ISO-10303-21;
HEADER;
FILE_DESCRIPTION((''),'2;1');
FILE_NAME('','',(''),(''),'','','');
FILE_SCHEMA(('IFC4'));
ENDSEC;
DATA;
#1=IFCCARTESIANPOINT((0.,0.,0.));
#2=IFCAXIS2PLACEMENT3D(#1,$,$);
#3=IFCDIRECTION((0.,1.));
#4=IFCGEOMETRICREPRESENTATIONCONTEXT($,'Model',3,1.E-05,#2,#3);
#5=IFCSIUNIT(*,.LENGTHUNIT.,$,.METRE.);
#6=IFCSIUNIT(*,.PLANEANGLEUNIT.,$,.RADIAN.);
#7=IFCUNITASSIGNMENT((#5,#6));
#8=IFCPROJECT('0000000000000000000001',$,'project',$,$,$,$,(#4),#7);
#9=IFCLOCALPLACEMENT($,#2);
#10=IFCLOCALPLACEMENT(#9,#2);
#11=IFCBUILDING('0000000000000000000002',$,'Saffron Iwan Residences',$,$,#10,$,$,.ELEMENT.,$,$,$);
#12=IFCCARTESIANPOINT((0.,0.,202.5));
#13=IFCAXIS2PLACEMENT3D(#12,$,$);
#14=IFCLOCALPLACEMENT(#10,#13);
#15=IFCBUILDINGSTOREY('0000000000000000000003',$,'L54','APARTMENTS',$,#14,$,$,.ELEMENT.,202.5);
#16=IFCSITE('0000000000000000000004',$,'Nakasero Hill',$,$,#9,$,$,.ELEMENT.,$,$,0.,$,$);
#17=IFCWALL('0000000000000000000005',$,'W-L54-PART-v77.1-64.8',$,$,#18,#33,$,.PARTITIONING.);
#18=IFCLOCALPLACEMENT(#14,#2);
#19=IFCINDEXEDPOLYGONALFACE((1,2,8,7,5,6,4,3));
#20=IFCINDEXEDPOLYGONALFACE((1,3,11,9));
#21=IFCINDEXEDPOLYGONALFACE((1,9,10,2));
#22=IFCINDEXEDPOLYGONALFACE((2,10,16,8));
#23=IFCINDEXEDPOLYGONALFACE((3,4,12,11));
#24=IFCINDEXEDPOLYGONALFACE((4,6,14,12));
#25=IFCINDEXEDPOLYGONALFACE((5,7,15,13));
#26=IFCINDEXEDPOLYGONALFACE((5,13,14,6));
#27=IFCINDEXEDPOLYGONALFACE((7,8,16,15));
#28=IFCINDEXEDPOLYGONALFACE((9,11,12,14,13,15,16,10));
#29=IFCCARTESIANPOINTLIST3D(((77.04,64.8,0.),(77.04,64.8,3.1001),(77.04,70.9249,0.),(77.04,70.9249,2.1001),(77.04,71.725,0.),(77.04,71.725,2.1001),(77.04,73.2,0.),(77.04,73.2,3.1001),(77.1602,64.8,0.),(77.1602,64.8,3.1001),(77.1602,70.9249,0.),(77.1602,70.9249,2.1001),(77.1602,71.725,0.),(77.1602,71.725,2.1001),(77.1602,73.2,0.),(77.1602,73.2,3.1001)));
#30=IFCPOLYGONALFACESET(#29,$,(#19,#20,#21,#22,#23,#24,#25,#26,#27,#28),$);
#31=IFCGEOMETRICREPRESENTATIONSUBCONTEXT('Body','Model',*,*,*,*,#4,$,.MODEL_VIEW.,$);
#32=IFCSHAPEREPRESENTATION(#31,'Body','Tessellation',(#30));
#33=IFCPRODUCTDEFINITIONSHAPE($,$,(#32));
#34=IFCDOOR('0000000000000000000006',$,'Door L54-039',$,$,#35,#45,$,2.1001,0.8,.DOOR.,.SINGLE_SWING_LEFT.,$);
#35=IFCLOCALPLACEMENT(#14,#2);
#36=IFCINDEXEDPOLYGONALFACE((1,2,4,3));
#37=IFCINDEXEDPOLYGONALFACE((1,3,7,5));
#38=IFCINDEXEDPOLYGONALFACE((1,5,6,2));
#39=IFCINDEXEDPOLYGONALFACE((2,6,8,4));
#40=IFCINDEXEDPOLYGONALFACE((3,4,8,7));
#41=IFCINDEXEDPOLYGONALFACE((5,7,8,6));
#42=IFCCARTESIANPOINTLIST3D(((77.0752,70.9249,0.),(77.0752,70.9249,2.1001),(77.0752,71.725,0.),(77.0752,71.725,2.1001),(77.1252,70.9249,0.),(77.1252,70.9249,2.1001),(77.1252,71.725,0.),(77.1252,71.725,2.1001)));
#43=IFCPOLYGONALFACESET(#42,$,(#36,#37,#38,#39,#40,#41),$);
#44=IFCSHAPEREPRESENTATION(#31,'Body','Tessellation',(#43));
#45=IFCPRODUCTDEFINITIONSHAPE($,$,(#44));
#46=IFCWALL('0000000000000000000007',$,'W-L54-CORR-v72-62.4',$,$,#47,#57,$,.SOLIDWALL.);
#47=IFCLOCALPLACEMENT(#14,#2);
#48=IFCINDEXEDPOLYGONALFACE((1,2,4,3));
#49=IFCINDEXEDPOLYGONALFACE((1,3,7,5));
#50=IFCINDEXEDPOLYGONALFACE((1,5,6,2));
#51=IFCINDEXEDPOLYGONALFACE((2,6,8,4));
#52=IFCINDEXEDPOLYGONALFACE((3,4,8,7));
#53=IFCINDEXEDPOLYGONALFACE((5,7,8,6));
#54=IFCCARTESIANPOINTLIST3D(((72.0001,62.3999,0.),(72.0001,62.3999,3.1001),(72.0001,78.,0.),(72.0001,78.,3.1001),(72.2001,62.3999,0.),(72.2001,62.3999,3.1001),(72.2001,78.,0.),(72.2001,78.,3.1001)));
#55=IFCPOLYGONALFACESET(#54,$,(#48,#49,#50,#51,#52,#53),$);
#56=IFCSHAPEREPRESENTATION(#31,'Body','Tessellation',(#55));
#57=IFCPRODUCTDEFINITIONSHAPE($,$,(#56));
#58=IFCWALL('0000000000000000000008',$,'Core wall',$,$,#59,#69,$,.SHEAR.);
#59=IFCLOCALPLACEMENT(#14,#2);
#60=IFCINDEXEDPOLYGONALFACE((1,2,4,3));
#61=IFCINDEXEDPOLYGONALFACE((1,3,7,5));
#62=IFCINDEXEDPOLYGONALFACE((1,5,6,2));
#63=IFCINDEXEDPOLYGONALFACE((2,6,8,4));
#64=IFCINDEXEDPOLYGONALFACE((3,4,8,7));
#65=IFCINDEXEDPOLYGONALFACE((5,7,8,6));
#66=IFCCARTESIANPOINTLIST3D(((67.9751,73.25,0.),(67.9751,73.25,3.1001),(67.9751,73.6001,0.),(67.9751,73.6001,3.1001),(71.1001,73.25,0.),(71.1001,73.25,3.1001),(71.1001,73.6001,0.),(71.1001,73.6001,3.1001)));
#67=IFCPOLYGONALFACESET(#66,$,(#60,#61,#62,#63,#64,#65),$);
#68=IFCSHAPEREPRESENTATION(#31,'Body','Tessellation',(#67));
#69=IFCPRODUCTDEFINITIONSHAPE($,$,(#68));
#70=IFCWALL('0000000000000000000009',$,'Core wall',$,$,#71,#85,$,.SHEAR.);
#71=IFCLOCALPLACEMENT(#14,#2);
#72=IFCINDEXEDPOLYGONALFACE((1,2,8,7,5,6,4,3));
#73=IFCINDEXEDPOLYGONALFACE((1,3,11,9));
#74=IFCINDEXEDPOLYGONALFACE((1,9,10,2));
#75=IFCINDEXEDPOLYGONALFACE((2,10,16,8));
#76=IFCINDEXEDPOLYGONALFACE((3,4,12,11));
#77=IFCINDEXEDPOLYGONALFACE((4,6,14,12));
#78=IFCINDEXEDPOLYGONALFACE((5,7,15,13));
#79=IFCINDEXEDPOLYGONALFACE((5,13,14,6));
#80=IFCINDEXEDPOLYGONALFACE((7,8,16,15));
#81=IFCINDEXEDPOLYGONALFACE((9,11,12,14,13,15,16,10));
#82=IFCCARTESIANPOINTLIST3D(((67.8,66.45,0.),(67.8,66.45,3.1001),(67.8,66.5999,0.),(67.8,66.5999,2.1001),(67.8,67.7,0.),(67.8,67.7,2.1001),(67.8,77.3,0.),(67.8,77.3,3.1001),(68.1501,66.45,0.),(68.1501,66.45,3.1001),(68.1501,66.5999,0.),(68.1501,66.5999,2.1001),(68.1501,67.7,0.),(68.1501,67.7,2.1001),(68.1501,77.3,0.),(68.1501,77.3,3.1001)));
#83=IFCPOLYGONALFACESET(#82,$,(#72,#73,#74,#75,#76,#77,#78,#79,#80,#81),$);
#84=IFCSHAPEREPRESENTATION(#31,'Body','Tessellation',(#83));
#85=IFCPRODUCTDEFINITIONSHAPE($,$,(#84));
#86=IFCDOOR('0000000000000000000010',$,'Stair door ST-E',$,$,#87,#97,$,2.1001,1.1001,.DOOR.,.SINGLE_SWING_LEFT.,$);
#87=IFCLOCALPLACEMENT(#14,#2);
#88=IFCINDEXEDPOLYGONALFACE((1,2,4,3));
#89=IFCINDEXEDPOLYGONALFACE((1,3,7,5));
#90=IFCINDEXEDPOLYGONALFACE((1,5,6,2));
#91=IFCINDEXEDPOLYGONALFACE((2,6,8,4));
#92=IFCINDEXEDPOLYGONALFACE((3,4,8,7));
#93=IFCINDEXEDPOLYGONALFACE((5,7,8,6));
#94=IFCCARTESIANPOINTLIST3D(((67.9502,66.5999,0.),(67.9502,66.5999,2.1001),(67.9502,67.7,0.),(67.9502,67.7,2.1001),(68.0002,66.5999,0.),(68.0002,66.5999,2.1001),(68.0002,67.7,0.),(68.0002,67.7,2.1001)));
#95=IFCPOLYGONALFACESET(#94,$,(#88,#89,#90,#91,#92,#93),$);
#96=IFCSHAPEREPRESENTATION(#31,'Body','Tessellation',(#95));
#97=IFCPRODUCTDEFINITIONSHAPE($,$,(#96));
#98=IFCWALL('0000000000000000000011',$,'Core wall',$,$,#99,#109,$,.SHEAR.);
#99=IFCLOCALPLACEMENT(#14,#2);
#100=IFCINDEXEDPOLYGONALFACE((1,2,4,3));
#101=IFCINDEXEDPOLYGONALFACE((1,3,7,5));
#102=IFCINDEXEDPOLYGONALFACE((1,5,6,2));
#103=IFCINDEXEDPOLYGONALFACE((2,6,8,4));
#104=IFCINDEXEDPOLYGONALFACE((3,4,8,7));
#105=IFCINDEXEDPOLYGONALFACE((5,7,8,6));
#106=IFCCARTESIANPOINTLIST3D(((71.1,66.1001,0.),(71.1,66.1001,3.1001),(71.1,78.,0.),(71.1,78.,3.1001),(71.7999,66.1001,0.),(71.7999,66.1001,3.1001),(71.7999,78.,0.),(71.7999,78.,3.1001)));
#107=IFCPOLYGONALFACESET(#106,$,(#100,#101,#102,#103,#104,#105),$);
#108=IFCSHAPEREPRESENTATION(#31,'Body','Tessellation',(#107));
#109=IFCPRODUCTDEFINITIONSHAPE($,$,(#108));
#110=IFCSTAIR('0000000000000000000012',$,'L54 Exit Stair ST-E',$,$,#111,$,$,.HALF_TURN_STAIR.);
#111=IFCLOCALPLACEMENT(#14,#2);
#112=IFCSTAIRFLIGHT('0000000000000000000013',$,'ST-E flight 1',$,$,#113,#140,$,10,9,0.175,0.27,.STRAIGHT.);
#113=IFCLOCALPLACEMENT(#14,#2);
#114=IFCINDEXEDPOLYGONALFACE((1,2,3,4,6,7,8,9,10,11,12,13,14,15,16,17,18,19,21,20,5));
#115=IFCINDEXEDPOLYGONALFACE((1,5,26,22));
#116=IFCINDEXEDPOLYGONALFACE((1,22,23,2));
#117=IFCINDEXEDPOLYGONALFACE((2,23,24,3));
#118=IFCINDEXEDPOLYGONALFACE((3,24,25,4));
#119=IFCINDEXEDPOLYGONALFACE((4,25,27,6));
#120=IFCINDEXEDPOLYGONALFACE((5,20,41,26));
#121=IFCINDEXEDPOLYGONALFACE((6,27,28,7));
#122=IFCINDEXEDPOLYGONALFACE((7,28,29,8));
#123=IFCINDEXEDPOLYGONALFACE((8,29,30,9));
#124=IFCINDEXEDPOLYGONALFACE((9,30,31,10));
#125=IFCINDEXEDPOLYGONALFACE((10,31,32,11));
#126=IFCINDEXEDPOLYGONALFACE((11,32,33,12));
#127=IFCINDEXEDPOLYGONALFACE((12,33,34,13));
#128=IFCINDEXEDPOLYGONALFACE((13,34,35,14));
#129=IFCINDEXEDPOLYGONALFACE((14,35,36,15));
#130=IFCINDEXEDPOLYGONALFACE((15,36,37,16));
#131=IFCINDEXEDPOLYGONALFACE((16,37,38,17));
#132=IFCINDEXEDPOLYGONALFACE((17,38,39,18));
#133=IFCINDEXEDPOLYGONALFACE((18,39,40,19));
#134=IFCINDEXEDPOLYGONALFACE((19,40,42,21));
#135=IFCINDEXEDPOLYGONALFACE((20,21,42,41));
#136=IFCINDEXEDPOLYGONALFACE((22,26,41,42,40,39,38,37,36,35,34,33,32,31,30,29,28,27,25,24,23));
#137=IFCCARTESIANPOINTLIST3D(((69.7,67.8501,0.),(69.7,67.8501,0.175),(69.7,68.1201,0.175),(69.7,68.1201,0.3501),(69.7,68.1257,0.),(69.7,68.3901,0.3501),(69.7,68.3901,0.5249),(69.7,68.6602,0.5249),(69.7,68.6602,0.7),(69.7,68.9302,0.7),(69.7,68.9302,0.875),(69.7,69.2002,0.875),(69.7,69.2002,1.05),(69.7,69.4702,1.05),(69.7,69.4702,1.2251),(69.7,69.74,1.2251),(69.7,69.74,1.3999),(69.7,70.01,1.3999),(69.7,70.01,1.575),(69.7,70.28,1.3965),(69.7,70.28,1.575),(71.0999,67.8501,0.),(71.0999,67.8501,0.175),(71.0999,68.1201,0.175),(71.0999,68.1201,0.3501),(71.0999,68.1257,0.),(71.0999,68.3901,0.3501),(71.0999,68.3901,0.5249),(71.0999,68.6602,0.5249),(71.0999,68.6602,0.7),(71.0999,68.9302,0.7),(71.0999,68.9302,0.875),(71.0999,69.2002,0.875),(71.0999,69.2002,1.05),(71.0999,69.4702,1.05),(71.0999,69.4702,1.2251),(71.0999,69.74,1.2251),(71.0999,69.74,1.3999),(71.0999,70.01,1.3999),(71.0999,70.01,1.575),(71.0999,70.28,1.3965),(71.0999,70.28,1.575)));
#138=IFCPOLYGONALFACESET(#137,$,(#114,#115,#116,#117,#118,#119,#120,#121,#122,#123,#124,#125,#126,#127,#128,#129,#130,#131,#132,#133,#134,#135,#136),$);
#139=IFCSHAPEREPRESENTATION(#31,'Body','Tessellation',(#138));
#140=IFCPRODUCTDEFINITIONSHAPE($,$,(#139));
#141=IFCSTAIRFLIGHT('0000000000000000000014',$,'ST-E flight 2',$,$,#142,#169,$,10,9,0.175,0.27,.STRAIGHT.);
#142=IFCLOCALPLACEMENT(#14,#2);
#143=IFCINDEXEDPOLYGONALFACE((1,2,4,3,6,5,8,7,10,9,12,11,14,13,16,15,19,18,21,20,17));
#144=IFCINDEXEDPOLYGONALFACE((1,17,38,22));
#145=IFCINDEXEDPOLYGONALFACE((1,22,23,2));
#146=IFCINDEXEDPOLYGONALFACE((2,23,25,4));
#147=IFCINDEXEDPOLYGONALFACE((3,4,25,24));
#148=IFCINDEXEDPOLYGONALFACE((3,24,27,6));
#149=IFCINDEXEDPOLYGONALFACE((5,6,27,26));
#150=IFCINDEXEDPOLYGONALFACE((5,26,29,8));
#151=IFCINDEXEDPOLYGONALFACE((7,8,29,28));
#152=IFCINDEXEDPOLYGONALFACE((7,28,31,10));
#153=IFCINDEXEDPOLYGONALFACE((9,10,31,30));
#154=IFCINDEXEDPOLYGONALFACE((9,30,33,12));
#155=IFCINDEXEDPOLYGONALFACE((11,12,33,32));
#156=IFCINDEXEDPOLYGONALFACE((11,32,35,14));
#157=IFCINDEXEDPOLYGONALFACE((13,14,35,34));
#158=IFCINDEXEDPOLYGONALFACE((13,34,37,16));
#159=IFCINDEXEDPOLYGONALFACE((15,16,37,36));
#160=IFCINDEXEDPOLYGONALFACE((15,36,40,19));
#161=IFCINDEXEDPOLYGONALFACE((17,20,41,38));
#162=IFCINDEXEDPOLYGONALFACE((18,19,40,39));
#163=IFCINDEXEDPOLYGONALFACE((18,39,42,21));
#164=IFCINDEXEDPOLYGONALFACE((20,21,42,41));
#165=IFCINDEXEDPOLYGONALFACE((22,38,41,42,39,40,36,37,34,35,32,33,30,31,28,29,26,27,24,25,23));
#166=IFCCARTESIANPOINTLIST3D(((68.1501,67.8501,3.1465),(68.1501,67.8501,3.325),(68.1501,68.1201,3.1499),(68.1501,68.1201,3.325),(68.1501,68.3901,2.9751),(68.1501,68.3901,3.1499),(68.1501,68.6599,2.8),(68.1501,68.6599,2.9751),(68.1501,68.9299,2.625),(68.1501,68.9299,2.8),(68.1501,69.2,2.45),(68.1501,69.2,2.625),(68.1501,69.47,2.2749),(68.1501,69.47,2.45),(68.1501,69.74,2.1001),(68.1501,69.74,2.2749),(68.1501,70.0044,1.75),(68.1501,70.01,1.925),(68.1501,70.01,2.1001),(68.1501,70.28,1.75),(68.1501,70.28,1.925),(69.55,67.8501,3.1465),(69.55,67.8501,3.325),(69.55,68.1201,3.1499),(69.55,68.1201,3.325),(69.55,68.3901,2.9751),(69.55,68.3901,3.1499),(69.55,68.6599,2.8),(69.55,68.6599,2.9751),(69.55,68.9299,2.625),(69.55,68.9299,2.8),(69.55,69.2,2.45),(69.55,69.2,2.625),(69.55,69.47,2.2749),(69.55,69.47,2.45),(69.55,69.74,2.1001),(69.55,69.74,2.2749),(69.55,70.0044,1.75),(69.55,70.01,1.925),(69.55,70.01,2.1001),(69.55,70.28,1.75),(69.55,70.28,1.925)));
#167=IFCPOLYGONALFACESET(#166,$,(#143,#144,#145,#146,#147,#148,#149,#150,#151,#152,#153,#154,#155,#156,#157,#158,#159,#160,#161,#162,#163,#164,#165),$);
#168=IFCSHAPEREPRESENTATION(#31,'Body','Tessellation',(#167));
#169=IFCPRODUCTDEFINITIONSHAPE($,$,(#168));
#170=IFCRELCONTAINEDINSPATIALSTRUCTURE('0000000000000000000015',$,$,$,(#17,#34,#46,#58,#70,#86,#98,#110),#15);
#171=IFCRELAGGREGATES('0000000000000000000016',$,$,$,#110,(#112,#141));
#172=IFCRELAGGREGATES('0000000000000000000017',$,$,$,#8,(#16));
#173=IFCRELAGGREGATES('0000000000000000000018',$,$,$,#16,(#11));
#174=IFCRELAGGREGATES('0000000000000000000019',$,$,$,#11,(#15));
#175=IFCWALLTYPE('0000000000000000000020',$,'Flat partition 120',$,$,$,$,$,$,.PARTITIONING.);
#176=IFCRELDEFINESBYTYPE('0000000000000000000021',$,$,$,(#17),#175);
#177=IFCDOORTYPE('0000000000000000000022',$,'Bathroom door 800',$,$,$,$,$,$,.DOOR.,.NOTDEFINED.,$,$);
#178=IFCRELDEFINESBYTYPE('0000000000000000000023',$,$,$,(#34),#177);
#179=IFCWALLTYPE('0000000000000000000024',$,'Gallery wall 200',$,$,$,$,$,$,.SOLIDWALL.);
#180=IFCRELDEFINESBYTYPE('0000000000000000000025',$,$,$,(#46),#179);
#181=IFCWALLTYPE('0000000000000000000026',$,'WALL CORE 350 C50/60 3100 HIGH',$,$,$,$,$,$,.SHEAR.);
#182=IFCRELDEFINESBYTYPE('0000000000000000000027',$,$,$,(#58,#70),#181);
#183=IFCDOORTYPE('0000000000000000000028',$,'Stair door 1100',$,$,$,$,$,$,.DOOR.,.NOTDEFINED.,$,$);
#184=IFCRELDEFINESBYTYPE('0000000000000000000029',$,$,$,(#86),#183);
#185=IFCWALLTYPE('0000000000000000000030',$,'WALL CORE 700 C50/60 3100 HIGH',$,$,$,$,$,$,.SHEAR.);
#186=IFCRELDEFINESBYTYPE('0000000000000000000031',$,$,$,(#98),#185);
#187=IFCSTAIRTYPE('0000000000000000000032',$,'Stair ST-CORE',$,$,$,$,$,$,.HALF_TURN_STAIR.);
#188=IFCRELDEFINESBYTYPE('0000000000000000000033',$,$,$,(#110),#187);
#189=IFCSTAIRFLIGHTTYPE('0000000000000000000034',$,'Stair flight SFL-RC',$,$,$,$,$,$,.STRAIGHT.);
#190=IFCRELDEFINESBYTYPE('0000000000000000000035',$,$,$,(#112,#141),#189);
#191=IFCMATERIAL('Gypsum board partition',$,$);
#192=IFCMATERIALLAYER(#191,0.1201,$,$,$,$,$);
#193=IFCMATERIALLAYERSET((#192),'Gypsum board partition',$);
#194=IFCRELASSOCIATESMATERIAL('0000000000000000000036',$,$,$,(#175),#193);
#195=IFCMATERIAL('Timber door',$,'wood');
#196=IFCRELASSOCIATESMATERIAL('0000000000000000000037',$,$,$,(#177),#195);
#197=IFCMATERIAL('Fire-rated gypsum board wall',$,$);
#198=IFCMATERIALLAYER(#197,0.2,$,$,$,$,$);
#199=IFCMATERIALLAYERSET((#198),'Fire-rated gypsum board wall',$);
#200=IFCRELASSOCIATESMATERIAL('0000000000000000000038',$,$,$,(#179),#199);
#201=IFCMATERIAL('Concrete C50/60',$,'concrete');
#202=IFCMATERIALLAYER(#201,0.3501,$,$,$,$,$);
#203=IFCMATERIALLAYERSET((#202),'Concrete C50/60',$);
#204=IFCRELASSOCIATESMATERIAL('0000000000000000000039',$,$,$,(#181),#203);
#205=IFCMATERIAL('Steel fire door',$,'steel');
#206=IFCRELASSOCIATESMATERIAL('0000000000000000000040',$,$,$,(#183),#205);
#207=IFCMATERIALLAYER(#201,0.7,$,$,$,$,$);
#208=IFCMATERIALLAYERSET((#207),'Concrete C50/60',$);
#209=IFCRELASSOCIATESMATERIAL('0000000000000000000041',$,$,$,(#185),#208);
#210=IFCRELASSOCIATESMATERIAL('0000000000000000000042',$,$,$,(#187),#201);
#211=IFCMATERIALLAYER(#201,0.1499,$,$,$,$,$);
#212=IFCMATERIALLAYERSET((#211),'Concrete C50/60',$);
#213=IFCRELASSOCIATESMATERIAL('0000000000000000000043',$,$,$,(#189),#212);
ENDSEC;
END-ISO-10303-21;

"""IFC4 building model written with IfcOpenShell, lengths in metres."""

from ifc_helpers import new_model, si_unit, direction, frame, frame_2d, origin, place, context, subcontext, project, spatial, polyline, rectangle, outline, extrude, material, layer, layer_set, type_object, element, fill, aggregate, save


model = new_model("IFC4")

# Units and contexts
model_context = context("Model", 3, precision=1e-05, world=origin(), true_north=direction((0.0, 1.0)))
body_context = subcontext(model_context, "Body", "Model", "MODEL_VIEW")
ifc_project = project(units=[si_unit("LENGTHUNIT", "METRE"), si_unit("PLANEANGLEUNIT", "RADIAN")], contexts=[model_context])

# Site, building, storey
site_placement = place(None, origin())
site = spatial("IfcSite", under=ifc_project, at=site_placement, Name="Nakasero Hill", CompositionType="ELEMENT", RefElevation=0.0)
building_placement = place(site_placement, origin())
building = spatial("IfcBuilding", under=site, at=building_placement, Name="Saffron Iwan Residences", CompositionType="ELEMENT")
storey_placement = place(building_placement, frame((0.0, 0.0, 202.5)))
storey = spatial("IfcBuildingStorey", under=building, at=storey_placement, Name="L54", Description="APARTMENTS", CompositionType="ELEMENT", Elevation=202.5)

# Shared definitions
ifc_material_1 = material(Name="Concrete C50/60", Category="concrete")

# Shared definitions
ifc_material_2 = material(Name="Fire-rated gypsum board wall")

# Shared definitions
ifc_material_3 = material(Name="Gypsum board partition")
ifc_layer_1 = layer(ifc_material_3, 0.1201)
ifc_layer_set_1 = layer_set([ifc_layer_1], Name="Gypsum board partition")
wall_type_1 = type_object("IfcWallType", Name="Flat partition 120", PredefinedType="PARTITIONING", material=ifc_layer_set_1)
ifc_material_4 = material(Name="Timber door", Category="wood")

# Wall, opening, door
wall_1_placement = place(storey_placement, frame((77.1001, 64.8, 0.0), z_axis=(0.0, 0.0, 1.0), x_axis=(0.0, 1.0, 0.0)))
wall_1 = element("IfcWall", 1, at=wall_1_placement, inside=storey, type_object=wall_type_1, Name="W-L54-PART-v77.1-64.8", PredefinedType="PARTITIONING", context=body_context, shape_type="SweptSolid", body=[
    extrude(rectangle(XDim=8.3999, YDim=0.1201, at=frame_2d((4.2, 0.0))), origin(), (0.0, 0.0, 1.0), 3.1001),
])
opening_1_placement = place(wall_1_placement, frame((6.125, 0.0, 0.0)))
opening_1 = element("IfcOpeningElement", 2, at=opening_1_placement, cuts=wall_1, PredefinedType="OPENING", context=body_context, shape_type="SweptSolid", body=[
    extrude(rectangle(XDim=0.8, YDim=2.1001, at=frame_2d((0.3999, 1.05))), frame((0.0, 0.0701, 0.0), z_axis=(0.0, -1.0, 0.0), x_axis=(1.0, 0.0, 0.0)), (0.0, 0.0, 1.0), 0.1401),
])
door_type_1 = type_object("IfcDoorType", Name="Bathroom door 800", OperationType="NOTDEFINED", PredefinedType="DOOR", material=ifc_material_4)
door_1_placement = place(opening_1_placement, origin())
door_1 = element("IfcDoor", 3, at=door_1_placement, inside=storey, type_object=door_type_1, Name="Door L54-039", OperationType="SINGLE_SWING_LEFT", OverallHeight=2.1001, OverallWidth=0.8, PredefinedType="DOOR", context=body_context, shape_type="SweptSolid", body=[
    extrude(rectangle(XDim=0.8, YDim=2.1001, at=frame_2d((0.3999, 1.05))), frame((0.0, 0.0249, 0.0), z_axis=(0.0, -1.0, 0.0), x_axis=(1.0, 0.0, 0.0)), (0.0, 0.0, 1.0), 0.05),
])
fill(opening_1, door_1)

# Walls
ifc_layer_2 = layer(ifc_material_2, 0.2)
ifc_layer_set_2 = layer_set([ifc_layer_2], Name="Fire-rated gypsum board wall")
wall_type_2 = type_object("IfcWallType", Name="Gallery wall 200", PredefinedType="SOLIDWALL", material=ifc_layer_set_2)
wall_2_placement = place(storey_placement, frame((72.1001, 62.3999, 0.0), z_axis=(0.0, 0.0, 1.0), x_axis=(0.0, 1.0, 0.0)))
element("IfcWall", 4, at=wall_2_placement, inside=storey, type_object=wall_type_2, Name="W-L54-CORR-v72-62.4", PredefinedType="SOLIDWALL", context=body_context, shape_type="SweptSolid", body=[
    extrude(rectangle(XDim=15.6001, YDim=0.2, at=frame_2d((7.8, 0.0))), origin(), (0.0, 0.0, 1.0), 3.1001),
])
ifc_layer_3 = layer(ifc_material_1, 0.3501)
ifc_layer_set_3 = layer_set([ifc_layer_3], Name="Concrete C50/60")
wall_type_3 = type_object("IfcWallType", Name="WALL CORE 350 C50/60 3100 HIGH", PredefinedType="SHEAR", material=ifc_layer_set_3)
wall_3_placement = place(storey_placement, frame((67.9751, 73.425, 0.0), z_axis=(0.0, 0.0, 1.0), x_axis=(1.0, 0.0, 0.0)))
element("IfcWall", 5, at=wall_3_placement, inside=storey, type_object=wall_type_3, Name="Core wall", PredefinedType="SHEAR", context=body_context, shape_type="SweptSolid", body=[
    extrude(rectangle(XDim=3.125, YDim=0.3501, at=frame_2d((1.5625, 0.0))), origin(), (0.0, 0.0, 1.0), 3.1001),
])

# Wall, opening, door
wall_4_placement = place(storey_placement, frame((67.9751, 66.45, 0.0), z_axis=(0.0, 0.0, 1.0), x_axis=(0.0, 1.0, 0.0)))
wall_4 = element("IfcWall", 6, at=wall_4_placement, inside=storey, type_object=wall_type_3, Name="Core wall", PredefinedType="SHEAR", context=body_context, shape_type="SweptSolid", body=[
    extrude(rectangle(XDim=10.8501, YDim=0.3501, at=frame_2d((5.425, 0.0))), origin(), (0.0, 0.0, 1.0), 3.1001),
])
opening_2_placement = place(wall_4_placement, frame((0.1499, 0.0, 0.0)))
opening_2 = element("IfcOpeningElement", 7, at=opening_2_placement, cuts=wall_4, PredefinedType="OPENING", context=body_context, shape_type="SweptSolid", body=[
    extrude(rectangle(XDim=1.1001, YDim=2.1001, at=frame_2d((0.55, 1.05))), frame((0.0, 0.1851, 0.0), z_axis=(0.0, -1.0, 0.0), x_axis=(1.0, 0.0, 0.0)), (0.0, 0.0, 1.0), 0.3701),
])
ifc_material_5 = material(Name="Steel fire door", Category="steel")
door_type_2 = type_object("IfcDoorType", Name="Stair door 1100", OperationType="NOTDEFINED", PredefinedType="DOOR", material=ifc_material_5)
door_2_placement = place(opening_2_placement, origin())
door_2 = element("IfcDoor", 8, at=door_2_placement, inside=storey, type_object=door_type_2, Name="Stair door ST-E", OperationType="SINGLE_SWING_LEFT", OverallHeight=2.1001, OverallWidth=1.1001, PredefinedType="DOOR", context=body_context, shape_type="SweptSolid", body=[
    extrude(rectangle(XDim=1.1001, YDim=2.1001, at=frame_2d((0.55, 1.05))), frame((0.0, 0.0249, 0.0), z_axis=(0.0, -1.0, 0.0), x_axis=(1.0, 0.0, 0.0)), (0.0, 0.0, 1.0), 0.05),
])
fill(opening_2, door_2)

# Wall
ifc_layer_4 = layer(ifc_material_1, 0.7)
ifc_layer_set_4 = layer_set([ifc_layer_4], Name="Concrete C50/60")
wall_type_4 = type_object("IfcWallType", Name="WALL CORE 700 C50/60 3100 HIGH", PredefinedType="SHEAR", material=ifc_layer_set_4)
wall_5_placement = place(storey_placement, frame((71.45, 66.1001, 0.0), z_axis=(0.0, 0.0, 1.0), x_axis=(0.0, 1.0, 0.0)))
element("IfcWall", 9, at=wall_5_placement, inside=storey, type_object=wall_type_4, Name="Core wall", PredefinedType="SHEAR", context=body_context, shape_type="SweptSolid", body=[
    extrude(rectangle(XDim=11.8999, YDim=0.7, at=frame_2d((5.95, 0.0))), origin(), (0.0, 0.0, 1.0), 3.1001),
])

# Stair, stair flights
stair_type = type_object("IfcStairType", Name="Stair ST-CORE", PredefinedType="HALF_TURN_STAIR", material=ifc_material_1)
stair_placement = place(storey_placement, origin())
stair = element("IfcStair", 10, at=stair_placement, inside=storey, type_object=stair_type, Name="L54 Exit Stair ST-E", PredefinedType="HALF_TURN_STAIR")
ifc_layer_5 = layer(ifc_material_1, 0.1499)
ifc_layer_set_5 = layer_set([ifc_layer_5], Name="Concrete C50/60")
stair_flight_type = type_object("IfcStairFlightType", Name="Stair flight SFL-RC", PredefinedType="STRAIGHT", material=ifc_layer_set_5)
stair_flight_1_placement = place(storey_placement, frame((70.3999, 67.8501, 0.0), z_axis=(0.0, 0.0, 1.0), x_axis=(0.0, 1.0, 0.0)))
stair_flight_1 = element("IfcStairFlight", 11, at=stair_flight_1_placement, type_object=stair_flight_type, Name="ST-E flight 1", NumberOfRisers=10, NumberOfTreads=9, PredefinedType="STRAIGHT", RiserHeight=0.175, TreadLength=0.27, context=body_context, shape_type="SweptSolid", body=[
    extrude(outline(polyline([(0.0, 0.0), (0.0, 0.175), (0.27, 0.175), (0.27, 0.3501), (0.54, 0.3501), (0.54, 0.5249), (0.8101, 0.5249), (0.8101, 0.7), (1.0801, 0.7), (1.0801, 0.875), (1.3501, 0.875), (1.3501, 1.05), (1.6201, 1.05), (1.6201, 1.2251), (1.8899, 1.2251), (1.8899, 1.3999), (2.1599, 1.3999), (2.1599, 1.575), (2.4299, 1.575), (2.4299, 1.75), (2.4299, 1.3965), (0.2756, 0.0), (0.0, 0.0)])), frame((0.0, 0.7, 0.0), z_axis=(0.0, -1.0, 0.0), x_axis=(1.0, 0.0, 0.0)), (0.0, 0.0, 1.0), 1.3999),
])
stair_flight_2_placement = place(storey_placement, frame((68.8501, 70.28, 1.75), z_axis=(0.0, 0.0, 1.0), x_axis=(0.0, -1.0, 0.0)))
stair_flight_2 = element("IfcStairFlight", 12, at=stair_flight_2_placement, type_object=stair_flight_type, Name="ST-E flight 2", NumberOfRisers=10, NumberOfTreads=9, PredefinedType="STRAIGHT", RiserHeight=0.175, TreadLength=0.27, context=body_context, shape_type="SweptSolid", body=[
    extrude(outline(polyline([(0.0, 0.0), (0.0, 0.175), (0.27, 0.175), (0.27, 0.3501), (0.54, 0.3501), (0.54, 0.5249), (0.8101, 0.5249), (0.8101, 0.7), (1.0801, 0.7), (1.0801, 0.875), (1.3501, 0.875), (1.3501, 1.05), (1.6201, 1.05), (1.6201, 1.2251), (1.8899, 1.2251), (1.8899, 1.3999), (2.1599, 1.3999), (2.1599, 1.575), (2.4299, 1.575), (2.4299, 1.75), (2.4299, 1.3965), (0.2756, 0.0), (0.0, 0.0)])), frame((0.0, 0.7, 0.0), z_axis=(0.0, -1.0, 0.0), x_axis=(1.0, 0.0, 0.0)), (0.0, 0.0, 1.0), 1.3999),
])
aggregate(stair, [stair_flight_1, stair_flight_2])

save(model, "model.ifc")
